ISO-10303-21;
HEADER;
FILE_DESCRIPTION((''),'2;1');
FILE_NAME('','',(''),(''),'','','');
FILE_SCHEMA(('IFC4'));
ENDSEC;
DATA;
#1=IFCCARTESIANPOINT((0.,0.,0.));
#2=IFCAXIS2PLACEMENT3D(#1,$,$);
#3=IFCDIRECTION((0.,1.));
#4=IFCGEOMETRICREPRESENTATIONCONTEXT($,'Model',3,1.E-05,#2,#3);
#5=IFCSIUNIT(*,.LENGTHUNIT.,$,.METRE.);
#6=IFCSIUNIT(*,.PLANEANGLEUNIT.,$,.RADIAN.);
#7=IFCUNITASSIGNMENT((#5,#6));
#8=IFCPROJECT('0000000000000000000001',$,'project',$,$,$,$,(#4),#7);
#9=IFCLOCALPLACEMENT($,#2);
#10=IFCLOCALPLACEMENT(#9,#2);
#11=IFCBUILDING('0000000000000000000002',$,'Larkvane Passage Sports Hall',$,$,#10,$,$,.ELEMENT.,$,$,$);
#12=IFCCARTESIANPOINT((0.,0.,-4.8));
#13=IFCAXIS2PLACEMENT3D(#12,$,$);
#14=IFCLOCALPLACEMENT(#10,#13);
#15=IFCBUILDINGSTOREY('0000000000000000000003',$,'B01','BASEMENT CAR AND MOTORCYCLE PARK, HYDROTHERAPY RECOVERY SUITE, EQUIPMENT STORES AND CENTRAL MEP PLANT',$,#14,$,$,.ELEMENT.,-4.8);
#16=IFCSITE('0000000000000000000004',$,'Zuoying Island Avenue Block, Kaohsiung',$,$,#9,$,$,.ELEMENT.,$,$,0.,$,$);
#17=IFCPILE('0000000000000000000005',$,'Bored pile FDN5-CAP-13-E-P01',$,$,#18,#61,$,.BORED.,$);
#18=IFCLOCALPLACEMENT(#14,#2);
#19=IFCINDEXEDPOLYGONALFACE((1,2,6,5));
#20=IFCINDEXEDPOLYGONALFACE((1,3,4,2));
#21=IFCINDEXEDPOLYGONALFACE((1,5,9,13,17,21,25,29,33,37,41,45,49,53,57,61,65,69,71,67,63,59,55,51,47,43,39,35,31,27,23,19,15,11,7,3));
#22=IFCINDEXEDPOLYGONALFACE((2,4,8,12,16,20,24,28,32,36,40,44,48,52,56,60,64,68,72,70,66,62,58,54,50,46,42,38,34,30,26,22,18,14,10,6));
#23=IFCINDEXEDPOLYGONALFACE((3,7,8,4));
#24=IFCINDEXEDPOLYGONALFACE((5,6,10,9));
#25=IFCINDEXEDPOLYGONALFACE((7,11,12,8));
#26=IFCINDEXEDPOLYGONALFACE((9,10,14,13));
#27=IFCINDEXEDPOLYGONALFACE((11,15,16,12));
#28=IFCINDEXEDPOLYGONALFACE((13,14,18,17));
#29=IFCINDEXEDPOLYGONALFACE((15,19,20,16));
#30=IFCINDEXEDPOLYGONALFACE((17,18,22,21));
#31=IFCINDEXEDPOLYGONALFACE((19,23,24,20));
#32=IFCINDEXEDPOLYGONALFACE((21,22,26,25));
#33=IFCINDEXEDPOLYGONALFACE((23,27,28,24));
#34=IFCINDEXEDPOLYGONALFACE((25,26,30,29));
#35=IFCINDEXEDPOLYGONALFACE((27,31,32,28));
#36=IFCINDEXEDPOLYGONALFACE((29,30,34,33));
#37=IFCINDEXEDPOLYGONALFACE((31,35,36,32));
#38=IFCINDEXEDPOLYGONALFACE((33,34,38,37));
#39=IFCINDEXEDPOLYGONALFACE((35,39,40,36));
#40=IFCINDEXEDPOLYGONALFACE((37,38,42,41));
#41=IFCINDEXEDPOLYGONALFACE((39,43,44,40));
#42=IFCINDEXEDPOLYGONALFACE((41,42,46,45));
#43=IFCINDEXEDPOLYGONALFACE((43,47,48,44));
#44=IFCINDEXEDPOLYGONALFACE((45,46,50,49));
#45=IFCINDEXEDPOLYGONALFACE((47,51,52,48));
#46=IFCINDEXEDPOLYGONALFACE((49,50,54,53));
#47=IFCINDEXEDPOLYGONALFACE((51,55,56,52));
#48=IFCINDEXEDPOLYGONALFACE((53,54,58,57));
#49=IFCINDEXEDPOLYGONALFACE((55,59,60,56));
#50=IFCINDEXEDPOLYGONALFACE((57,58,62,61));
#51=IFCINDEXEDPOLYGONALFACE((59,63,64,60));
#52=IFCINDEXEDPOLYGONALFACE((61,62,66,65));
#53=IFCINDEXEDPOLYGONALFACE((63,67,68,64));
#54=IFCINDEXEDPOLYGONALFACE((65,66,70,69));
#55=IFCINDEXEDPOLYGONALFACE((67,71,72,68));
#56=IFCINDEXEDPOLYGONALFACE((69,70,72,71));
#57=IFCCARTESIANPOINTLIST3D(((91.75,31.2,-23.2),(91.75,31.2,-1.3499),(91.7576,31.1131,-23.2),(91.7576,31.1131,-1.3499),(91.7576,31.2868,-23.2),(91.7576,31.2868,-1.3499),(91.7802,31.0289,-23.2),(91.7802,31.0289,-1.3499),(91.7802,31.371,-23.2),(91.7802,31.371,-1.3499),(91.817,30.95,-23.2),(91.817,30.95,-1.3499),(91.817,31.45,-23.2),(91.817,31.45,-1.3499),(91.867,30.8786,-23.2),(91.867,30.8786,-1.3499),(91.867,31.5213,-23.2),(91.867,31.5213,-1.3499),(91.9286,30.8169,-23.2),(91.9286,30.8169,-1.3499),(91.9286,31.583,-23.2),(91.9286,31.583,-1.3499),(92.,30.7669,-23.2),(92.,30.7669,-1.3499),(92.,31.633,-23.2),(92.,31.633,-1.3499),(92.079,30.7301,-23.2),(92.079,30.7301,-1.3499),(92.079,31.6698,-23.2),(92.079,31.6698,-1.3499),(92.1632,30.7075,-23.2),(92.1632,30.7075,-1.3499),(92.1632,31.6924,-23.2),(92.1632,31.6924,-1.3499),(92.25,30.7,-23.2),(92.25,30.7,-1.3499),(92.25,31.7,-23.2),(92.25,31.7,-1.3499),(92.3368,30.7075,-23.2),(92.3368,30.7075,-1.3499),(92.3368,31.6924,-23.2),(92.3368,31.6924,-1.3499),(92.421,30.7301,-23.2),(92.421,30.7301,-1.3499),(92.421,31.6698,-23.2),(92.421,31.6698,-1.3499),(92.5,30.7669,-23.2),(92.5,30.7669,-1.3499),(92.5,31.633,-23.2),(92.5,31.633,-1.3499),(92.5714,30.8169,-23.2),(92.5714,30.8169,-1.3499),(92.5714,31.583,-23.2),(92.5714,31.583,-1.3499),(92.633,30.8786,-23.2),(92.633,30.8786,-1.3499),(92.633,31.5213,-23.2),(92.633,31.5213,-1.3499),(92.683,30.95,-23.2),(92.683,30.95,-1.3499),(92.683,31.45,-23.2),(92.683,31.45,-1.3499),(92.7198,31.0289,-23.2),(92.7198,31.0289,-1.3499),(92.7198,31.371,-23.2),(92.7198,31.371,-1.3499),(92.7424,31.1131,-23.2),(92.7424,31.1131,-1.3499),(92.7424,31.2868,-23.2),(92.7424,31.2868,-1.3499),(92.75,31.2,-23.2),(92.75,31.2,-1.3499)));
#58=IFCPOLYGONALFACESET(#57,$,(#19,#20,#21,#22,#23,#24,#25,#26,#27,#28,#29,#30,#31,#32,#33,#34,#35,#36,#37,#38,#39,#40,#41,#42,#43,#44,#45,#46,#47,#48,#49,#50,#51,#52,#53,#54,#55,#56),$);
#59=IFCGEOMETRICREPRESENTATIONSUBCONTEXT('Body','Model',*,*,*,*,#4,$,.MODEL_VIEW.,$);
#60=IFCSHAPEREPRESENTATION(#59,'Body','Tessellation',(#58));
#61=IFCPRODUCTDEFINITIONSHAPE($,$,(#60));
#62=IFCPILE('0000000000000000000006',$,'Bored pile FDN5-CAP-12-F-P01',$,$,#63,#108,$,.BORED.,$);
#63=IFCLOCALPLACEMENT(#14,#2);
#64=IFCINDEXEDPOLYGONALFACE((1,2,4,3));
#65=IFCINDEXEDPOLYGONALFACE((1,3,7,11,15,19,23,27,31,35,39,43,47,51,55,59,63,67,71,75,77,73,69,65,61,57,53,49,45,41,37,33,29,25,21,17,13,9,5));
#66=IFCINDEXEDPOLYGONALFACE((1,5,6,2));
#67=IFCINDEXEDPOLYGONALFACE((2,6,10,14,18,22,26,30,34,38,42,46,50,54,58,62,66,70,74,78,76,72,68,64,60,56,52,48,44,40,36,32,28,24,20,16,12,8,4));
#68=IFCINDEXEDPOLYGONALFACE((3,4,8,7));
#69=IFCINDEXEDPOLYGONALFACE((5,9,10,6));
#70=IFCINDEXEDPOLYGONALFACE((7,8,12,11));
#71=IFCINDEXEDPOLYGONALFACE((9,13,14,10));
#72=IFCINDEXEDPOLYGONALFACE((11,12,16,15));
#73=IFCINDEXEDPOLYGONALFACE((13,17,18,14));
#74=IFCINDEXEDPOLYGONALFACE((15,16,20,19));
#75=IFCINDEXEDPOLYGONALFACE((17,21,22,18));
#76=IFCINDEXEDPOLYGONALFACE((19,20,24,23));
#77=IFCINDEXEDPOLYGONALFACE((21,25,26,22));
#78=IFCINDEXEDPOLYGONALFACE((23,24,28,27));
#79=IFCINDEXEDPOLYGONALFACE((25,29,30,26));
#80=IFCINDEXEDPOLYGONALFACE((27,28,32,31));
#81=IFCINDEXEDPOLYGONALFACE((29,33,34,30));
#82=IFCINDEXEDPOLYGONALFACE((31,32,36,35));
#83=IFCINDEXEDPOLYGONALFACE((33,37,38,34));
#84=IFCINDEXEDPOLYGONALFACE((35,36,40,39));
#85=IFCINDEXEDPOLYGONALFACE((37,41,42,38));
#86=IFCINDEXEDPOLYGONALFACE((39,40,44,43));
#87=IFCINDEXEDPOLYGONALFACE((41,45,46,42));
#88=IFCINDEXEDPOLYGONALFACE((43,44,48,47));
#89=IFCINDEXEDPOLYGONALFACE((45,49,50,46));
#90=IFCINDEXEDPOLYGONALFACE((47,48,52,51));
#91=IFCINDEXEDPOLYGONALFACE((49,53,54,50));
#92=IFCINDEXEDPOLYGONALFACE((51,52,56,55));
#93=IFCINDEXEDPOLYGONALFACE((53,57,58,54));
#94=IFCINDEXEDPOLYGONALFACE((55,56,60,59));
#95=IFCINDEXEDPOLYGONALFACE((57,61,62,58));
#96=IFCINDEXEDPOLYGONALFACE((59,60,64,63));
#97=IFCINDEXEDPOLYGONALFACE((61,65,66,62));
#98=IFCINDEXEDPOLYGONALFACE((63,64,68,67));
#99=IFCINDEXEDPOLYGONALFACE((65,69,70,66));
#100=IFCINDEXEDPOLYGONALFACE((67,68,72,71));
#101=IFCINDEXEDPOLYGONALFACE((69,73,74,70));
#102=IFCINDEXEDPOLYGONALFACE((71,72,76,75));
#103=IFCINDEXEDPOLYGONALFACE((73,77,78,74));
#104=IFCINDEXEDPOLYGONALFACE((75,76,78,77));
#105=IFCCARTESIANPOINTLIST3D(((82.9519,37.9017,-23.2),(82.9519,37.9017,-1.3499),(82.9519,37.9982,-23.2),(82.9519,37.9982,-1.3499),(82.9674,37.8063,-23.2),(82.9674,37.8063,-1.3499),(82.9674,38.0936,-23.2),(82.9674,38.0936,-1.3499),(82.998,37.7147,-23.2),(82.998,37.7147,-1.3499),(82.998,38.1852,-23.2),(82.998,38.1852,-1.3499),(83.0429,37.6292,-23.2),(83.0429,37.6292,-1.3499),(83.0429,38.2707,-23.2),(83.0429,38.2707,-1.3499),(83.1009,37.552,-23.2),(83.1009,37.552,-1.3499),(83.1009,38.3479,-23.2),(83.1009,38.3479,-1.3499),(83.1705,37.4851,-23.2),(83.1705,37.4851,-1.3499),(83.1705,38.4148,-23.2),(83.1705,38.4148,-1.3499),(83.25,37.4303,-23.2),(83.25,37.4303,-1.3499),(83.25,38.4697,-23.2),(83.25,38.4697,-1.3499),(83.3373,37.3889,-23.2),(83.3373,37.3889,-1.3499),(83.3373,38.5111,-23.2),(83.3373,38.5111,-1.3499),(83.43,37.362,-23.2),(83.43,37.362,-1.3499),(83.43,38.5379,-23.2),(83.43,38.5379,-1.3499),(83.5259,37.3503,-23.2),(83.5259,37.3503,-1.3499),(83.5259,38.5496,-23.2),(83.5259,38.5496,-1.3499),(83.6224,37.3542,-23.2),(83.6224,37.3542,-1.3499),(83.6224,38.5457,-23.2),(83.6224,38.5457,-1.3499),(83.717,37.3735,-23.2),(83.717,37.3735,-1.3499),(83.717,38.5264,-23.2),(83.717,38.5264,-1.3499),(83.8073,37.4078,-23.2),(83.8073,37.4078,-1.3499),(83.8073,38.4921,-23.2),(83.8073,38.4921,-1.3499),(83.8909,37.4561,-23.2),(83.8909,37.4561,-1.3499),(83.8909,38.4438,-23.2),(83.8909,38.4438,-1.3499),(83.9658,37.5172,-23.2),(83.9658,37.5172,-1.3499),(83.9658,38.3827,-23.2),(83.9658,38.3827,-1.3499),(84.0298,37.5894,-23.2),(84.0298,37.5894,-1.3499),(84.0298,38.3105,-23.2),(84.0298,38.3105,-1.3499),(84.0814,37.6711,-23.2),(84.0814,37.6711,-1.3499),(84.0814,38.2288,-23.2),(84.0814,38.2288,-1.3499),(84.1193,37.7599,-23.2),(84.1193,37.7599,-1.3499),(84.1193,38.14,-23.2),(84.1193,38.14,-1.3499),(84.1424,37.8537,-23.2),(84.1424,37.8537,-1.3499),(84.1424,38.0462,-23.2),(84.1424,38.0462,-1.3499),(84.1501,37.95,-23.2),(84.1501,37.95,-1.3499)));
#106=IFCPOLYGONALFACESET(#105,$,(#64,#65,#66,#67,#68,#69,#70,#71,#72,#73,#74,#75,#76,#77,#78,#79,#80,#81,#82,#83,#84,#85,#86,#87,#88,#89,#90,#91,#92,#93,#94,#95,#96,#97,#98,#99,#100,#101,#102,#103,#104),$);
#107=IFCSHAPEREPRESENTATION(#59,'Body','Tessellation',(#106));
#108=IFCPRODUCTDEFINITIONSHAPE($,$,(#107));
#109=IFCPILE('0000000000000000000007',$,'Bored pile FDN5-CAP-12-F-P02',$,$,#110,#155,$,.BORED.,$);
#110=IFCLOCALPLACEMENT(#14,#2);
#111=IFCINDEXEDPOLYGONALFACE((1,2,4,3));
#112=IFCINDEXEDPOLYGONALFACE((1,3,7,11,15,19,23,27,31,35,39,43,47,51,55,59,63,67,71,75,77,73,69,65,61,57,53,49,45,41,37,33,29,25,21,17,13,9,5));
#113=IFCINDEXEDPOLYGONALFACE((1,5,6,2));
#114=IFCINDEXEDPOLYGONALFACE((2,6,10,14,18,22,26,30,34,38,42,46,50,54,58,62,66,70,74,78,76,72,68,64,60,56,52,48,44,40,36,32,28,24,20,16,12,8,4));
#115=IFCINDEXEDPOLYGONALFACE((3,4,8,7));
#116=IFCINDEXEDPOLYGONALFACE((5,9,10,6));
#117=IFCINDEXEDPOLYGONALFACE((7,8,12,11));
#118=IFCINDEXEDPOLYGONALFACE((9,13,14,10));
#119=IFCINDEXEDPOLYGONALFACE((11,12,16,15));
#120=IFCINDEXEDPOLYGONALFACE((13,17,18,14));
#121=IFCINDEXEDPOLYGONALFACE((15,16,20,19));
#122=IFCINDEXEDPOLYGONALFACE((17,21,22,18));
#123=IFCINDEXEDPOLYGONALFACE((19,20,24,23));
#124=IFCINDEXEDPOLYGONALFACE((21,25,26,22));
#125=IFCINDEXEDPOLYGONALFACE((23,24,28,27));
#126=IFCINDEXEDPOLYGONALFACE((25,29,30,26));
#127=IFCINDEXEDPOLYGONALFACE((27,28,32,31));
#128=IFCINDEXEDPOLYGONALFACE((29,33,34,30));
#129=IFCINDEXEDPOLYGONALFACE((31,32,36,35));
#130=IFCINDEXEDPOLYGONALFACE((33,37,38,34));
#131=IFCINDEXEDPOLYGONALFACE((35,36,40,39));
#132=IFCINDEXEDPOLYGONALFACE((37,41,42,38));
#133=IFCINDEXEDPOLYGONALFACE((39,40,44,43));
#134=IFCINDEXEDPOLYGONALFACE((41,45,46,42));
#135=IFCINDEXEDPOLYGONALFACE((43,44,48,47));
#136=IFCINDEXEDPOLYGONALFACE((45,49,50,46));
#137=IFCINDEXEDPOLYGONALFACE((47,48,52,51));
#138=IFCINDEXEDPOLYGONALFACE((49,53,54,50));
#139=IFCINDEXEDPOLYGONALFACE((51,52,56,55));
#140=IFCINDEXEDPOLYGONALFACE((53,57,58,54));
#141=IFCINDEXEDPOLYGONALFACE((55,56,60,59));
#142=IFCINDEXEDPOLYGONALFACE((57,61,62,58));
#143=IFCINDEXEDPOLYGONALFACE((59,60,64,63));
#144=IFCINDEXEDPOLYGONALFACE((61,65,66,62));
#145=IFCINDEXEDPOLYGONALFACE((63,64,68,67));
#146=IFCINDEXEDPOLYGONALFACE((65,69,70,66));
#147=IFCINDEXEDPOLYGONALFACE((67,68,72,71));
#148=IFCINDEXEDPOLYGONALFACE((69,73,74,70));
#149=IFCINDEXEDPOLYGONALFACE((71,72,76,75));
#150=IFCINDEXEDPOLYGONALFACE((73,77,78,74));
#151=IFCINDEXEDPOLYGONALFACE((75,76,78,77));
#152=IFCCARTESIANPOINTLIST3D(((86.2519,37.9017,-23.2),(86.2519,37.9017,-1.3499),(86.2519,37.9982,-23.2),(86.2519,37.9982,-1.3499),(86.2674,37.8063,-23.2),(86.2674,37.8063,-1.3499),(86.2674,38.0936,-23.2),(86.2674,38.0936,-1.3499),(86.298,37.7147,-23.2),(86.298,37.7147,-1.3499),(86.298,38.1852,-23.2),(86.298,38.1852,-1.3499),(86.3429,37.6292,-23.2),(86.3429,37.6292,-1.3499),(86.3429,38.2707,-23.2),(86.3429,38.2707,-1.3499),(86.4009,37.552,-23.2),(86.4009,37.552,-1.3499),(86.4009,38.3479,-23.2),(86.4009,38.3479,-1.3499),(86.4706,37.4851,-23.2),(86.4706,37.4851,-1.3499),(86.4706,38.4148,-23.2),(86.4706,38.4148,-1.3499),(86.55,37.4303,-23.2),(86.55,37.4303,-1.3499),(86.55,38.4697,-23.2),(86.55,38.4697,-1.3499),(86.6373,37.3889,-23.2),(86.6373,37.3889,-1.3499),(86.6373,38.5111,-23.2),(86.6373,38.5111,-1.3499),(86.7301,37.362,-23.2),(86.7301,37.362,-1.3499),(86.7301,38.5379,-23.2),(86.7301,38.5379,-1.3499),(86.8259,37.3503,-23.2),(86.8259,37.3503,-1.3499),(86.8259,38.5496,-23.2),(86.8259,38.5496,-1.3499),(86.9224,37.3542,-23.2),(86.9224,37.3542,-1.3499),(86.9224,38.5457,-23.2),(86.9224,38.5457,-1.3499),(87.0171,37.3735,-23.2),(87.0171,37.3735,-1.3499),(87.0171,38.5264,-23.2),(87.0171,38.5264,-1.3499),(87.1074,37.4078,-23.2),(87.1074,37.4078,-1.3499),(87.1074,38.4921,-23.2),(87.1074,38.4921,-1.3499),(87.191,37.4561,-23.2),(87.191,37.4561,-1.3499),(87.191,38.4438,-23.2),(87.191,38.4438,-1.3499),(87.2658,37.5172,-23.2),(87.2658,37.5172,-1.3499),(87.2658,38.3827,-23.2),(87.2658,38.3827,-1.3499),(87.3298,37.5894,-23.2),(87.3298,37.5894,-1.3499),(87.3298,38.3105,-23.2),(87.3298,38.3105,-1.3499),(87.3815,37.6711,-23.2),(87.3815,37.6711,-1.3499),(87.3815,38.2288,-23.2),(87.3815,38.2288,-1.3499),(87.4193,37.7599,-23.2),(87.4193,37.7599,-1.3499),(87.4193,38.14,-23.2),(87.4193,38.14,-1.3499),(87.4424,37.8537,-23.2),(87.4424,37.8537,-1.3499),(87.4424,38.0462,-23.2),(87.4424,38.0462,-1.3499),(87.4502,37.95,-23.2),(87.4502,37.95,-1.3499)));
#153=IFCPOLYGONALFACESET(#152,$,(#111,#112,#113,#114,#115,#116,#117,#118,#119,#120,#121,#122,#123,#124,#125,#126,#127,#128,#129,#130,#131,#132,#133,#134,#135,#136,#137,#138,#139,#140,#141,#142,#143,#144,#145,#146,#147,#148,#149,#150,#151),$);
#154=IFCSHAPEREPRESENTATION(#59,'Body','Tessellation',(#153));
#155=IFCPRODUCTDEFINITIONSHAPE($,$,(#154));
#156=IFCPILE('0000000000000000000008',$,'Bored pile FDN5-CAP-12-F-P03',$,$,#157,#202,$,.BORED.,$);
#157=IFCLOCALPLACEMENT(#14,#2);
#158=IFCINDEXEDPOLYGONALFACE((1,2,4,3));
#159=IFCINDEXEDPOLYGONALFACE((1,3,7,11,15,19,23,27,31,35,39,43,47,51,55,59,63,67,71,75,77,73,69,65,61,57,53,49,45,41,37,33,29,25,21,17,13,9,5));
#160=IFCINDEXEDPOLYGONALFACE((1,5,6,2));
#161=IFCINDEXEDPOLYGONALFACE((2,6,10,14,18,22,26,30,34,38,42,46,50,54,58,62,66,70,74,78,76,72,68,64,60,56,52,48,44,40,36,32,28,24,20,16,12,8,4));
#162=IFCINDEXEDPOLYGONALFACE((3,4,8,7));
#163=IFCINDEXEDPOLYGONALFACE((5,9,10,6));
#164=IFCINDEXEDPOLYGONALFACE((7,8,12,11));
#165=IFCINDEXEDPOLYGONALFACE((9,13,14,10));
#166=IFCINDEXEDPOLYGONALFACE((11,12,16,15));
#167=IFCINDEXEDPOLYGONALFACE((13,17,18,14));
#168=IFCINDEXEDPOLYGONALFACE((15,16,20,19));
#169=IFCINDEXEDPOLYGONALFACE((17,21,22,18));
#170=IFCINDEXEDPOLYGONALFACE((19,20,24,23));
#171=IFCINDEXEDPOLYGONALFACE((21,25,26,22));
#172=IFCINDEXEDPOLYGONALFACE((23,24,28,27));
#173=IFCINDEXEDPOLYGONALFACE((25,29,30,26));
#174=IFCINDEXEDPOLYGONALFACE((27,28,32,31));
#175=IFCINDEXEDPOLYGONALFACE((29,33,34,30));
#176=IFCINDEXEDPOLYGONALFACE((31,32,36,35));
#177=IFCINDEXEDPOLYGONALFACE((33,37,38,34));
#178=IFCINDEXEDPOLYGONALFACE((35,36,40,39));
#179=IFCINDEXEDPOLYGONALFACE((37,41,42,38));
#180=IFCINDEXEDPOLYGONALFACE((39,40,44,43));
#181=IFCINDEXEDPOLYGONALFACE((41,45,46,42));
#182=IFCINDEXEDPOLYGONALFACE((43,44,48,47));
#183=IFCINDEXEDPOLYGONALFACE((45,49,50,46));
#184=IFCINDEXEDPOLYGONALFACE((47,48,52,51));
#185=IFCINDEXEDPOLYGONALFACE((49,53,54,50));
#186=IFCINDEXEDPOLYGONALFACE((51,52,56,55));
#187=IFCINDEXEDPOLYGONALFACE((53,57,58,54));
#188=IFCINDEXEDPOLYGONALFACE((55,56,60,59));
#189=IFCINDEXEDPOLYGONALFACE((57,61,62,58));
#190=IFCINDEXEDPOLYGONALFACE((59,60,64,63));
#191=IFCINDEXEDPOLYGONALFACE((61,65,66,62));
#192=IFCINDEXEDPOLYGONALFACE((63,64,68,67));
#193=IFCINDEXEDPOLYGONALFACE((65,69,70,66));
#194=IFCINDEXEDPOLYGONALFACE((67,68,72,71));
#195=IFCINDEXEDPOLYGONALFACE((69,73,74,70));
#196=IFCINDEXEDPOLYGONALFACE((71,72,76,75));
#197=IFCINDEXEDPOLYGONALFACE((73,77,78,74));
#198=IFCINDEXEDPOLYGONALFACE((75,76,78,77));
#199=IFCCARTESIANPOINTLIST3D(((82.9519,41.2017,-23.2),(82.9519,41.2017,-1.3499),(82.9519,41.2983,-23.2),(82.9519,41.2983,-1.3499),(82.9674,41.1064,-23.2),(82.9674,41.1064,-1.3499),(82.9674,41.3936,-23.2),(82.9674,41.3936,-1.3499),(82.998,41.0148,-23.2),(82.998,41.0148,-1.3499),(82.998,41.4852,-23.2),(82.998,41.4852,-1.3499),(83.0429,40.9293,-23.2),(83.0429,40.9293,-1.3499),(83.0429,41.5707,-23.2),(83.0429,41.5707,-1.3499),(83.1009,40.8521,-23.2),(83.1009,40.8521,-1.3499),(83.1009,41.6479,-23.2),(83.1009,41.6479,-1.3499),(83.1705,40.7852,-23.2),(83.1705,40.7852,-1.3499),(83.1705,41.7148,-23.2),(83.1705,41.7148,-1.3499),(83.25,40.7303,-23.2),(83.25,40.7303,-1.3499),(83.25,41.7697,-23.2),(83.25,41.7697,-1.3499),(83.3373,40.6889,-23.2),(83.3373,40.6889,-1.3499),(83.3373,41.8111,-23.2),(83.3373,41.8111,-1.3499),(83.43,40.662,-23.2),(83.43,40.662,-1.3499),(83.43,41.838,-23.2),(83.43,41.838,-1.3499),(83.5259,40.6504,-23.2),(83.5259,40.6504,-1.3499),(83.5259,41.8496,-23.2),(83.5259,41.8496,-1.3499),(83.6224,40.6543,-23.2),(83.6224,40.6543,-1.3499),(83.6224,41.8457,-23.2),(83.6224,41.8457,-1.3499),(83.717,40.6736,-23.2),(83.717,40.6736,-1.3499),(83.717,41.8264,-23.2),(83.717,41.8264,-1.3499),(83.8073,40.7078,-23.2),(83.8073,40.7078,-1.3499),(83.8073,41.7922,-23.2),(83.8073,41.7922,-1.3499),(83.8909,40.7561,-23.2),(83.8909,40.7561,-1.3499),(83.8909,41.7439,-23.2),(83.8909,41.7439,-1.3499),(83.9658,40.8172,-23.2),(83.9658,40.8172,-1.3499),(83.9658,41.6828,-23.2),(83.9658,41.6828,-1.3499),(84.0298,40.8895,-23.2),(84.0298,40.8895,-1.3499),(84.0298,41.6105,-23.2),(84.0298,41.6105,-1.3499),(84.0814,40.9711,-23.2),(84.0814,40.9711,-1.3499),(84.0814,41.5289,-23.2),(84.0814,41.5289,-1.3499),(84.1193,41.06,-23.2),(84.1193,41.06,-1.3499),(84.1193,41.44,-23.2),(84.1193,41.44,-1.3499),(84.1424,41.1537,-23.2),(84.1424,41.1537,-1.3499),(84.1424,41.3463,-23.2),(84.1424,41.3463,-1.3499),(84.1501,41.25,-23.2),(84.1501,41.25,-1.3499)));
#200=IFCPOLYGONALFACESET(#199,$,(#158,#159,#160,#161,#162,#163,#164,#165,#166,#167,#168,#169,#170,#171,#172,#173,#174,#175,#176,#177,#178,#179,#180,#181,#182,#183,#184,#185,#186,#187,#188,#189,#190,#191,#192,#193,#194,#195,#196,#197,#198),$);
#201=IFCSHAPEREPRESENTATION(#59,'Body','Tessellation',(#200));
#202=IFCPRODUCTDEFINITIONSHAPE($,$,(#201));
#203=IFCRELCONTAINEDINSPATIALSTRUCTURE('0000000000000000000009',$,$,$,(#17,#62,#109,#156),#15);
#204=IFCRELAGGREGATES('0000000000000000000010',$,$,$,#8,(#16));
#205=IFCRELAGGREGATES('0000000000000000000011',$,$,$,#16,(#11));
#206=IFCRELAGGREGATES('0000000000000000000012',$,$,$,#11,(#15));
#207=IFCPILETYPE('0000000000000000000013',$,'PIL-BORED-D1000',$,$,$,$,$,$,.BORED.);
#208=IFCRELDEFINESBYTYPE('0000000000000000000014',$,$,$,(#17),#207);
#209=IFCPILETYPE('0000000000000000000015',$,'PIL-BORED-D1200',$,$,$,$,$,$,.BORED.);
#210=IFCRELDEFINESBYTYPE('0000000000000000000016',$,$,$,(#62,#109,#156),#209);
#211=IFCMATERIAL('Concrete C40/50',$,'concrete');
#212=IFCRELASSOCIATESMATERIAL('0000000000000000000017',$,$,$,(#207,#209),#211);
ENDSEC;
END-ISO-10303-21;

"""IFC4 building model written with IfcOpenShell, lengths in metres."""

from ifc_helpers import new_model, si_unit, direction, frame, origin, origin_2d, place, context, subcontext, project, spatial, circle, extrude, material, material_profile, profile_set, type_object, element, save


model = new_model("IFC4")

# Units and contexts
model_context = context("Model", 3, precision=1e-05, world=origin(), true_north=direction((0.0, 1.0)))
body_context = subcontext(model_context, "Body", "Model", "MODEL_VIEW")
ifc_project = project(units=[si_unit("LENGTHUNIT", "METRE"), si_unit("PLANEANGLEUNIT", "RADIAN")], contexts=[model_context])

# Site, building, storey
site_placement = place(None, origin())
site = spatial("IfcSite", under=ifc_project, at=site_placement, Name="Zuoying Island Avenue Block, Kaohsiung", CompositionType="ELEMENT", RefElevation=0.0)
building_placement = place(site_placement, origin())
building = spatial("IfcBuilding", under=site, at=building_placement, Name="Larkvane Passage Sports Hall", CompositionType="ELEMENT")
storey_placement = place(building_placement, frame((0.0, 0.0, -4.8)))
storey = spatial("IfcBuildingStorey", under=building, at=storey_placement, Name="B01", Description="BASEMENT CAR AND MOTORCYCLE PARK, HYDROTHERAPY RECOVERY SUITE, EQUIPMENT STORES AND CENTRAL MEP PLANT", CompositionType="ELEMENT", Elevation=-4.8)

# Shared definitions
ifc_material_1 = material(Name="Concrete C40/50", Category="concrete")

# Piles
ifc_material_profile_1 = material_profile(ifc_material_1, circle(Radius=0.5, at=origin_2d()), Name="PILE-D1000")
ifc_profile_set_1 = profile_set([ifc_material_profile_1], Name="Concrete C40/50")
pile_type_1 = type_object("IfcPileType", Name="PIL-BORED-D1000", PredefinedType="BORED", material=ifc_profile_set_1)
for number, where, z_axis, x_axis, name in (
    (1, (92.25, 31.2, -1.3499), (0.0, 0.0, -1.0), (1.0, 0.0, 0.0), "Bored pile FDN5-CAP-13-E-P01"),
):
    element("IfcPile", number, at=place(storey_placement, frame(where, z_axis=z_axis, x_axis=x_axis)), inside=storey, type_object=pile_type_1, Name=name, PredefinedType="BORED", context=body_context, shape_type="SweptSolid", body=[
        extrude(circle(Radius=0.5, at=origin_2d()), origin(), (0.0, 0.0, 1.0), 21.8501),
    ])
ifc_material_profile_2 = material_profile(ifc_material_1, circle(Radius=0.6001, at=origin_2d()), Name="PILE-D1200")
ifc_profile_set_2 = profile_set([ifc_material_profile_2], Name="Concrete C40/50")
pile_type_2 = type_object("IfcPileType", Name="PIL-BORED-D1200", PredefinedType="BORED", material=ifc_profile_set_2)
for number, where, z_axis, x_axis, name in (
    (2, (83.55, 37.95, -1.3499), (0.0, 0.0, -1.0), (1.0, 0.0, 0.0), "Bored pile FDN5-CAP-12-F-P01"),
    (3, (86.8501, 37.95, -1.3499), (0.0, 0.0, -1.0), (1.0, 0.0, 0.0), "Bored pile FDN5-CAP-12-F-P02"),
    (4, (83.55, 41.25, -1.3499), (0.0, 0.0, -1.0), (1.0, 0.0, 0.0), "Bored pile FDN5-CAP-12-F-P03"),
):
    element("IfcPile", number, at=place(storey_placement, frame(where, z_axis=z_axis, x_axis=x_axis)), inside=storey, type_object=pile_type_2, Name=name, PredefinedType="BORED", context=body_context, shape_type="SweptSolid", body=[
        extrude(circle(Radius=0.6001, at=origin_2d()), origin(), (0.0, 0.0, 1.0), 21.8501),
    ])

save(model, "model.ifc")
